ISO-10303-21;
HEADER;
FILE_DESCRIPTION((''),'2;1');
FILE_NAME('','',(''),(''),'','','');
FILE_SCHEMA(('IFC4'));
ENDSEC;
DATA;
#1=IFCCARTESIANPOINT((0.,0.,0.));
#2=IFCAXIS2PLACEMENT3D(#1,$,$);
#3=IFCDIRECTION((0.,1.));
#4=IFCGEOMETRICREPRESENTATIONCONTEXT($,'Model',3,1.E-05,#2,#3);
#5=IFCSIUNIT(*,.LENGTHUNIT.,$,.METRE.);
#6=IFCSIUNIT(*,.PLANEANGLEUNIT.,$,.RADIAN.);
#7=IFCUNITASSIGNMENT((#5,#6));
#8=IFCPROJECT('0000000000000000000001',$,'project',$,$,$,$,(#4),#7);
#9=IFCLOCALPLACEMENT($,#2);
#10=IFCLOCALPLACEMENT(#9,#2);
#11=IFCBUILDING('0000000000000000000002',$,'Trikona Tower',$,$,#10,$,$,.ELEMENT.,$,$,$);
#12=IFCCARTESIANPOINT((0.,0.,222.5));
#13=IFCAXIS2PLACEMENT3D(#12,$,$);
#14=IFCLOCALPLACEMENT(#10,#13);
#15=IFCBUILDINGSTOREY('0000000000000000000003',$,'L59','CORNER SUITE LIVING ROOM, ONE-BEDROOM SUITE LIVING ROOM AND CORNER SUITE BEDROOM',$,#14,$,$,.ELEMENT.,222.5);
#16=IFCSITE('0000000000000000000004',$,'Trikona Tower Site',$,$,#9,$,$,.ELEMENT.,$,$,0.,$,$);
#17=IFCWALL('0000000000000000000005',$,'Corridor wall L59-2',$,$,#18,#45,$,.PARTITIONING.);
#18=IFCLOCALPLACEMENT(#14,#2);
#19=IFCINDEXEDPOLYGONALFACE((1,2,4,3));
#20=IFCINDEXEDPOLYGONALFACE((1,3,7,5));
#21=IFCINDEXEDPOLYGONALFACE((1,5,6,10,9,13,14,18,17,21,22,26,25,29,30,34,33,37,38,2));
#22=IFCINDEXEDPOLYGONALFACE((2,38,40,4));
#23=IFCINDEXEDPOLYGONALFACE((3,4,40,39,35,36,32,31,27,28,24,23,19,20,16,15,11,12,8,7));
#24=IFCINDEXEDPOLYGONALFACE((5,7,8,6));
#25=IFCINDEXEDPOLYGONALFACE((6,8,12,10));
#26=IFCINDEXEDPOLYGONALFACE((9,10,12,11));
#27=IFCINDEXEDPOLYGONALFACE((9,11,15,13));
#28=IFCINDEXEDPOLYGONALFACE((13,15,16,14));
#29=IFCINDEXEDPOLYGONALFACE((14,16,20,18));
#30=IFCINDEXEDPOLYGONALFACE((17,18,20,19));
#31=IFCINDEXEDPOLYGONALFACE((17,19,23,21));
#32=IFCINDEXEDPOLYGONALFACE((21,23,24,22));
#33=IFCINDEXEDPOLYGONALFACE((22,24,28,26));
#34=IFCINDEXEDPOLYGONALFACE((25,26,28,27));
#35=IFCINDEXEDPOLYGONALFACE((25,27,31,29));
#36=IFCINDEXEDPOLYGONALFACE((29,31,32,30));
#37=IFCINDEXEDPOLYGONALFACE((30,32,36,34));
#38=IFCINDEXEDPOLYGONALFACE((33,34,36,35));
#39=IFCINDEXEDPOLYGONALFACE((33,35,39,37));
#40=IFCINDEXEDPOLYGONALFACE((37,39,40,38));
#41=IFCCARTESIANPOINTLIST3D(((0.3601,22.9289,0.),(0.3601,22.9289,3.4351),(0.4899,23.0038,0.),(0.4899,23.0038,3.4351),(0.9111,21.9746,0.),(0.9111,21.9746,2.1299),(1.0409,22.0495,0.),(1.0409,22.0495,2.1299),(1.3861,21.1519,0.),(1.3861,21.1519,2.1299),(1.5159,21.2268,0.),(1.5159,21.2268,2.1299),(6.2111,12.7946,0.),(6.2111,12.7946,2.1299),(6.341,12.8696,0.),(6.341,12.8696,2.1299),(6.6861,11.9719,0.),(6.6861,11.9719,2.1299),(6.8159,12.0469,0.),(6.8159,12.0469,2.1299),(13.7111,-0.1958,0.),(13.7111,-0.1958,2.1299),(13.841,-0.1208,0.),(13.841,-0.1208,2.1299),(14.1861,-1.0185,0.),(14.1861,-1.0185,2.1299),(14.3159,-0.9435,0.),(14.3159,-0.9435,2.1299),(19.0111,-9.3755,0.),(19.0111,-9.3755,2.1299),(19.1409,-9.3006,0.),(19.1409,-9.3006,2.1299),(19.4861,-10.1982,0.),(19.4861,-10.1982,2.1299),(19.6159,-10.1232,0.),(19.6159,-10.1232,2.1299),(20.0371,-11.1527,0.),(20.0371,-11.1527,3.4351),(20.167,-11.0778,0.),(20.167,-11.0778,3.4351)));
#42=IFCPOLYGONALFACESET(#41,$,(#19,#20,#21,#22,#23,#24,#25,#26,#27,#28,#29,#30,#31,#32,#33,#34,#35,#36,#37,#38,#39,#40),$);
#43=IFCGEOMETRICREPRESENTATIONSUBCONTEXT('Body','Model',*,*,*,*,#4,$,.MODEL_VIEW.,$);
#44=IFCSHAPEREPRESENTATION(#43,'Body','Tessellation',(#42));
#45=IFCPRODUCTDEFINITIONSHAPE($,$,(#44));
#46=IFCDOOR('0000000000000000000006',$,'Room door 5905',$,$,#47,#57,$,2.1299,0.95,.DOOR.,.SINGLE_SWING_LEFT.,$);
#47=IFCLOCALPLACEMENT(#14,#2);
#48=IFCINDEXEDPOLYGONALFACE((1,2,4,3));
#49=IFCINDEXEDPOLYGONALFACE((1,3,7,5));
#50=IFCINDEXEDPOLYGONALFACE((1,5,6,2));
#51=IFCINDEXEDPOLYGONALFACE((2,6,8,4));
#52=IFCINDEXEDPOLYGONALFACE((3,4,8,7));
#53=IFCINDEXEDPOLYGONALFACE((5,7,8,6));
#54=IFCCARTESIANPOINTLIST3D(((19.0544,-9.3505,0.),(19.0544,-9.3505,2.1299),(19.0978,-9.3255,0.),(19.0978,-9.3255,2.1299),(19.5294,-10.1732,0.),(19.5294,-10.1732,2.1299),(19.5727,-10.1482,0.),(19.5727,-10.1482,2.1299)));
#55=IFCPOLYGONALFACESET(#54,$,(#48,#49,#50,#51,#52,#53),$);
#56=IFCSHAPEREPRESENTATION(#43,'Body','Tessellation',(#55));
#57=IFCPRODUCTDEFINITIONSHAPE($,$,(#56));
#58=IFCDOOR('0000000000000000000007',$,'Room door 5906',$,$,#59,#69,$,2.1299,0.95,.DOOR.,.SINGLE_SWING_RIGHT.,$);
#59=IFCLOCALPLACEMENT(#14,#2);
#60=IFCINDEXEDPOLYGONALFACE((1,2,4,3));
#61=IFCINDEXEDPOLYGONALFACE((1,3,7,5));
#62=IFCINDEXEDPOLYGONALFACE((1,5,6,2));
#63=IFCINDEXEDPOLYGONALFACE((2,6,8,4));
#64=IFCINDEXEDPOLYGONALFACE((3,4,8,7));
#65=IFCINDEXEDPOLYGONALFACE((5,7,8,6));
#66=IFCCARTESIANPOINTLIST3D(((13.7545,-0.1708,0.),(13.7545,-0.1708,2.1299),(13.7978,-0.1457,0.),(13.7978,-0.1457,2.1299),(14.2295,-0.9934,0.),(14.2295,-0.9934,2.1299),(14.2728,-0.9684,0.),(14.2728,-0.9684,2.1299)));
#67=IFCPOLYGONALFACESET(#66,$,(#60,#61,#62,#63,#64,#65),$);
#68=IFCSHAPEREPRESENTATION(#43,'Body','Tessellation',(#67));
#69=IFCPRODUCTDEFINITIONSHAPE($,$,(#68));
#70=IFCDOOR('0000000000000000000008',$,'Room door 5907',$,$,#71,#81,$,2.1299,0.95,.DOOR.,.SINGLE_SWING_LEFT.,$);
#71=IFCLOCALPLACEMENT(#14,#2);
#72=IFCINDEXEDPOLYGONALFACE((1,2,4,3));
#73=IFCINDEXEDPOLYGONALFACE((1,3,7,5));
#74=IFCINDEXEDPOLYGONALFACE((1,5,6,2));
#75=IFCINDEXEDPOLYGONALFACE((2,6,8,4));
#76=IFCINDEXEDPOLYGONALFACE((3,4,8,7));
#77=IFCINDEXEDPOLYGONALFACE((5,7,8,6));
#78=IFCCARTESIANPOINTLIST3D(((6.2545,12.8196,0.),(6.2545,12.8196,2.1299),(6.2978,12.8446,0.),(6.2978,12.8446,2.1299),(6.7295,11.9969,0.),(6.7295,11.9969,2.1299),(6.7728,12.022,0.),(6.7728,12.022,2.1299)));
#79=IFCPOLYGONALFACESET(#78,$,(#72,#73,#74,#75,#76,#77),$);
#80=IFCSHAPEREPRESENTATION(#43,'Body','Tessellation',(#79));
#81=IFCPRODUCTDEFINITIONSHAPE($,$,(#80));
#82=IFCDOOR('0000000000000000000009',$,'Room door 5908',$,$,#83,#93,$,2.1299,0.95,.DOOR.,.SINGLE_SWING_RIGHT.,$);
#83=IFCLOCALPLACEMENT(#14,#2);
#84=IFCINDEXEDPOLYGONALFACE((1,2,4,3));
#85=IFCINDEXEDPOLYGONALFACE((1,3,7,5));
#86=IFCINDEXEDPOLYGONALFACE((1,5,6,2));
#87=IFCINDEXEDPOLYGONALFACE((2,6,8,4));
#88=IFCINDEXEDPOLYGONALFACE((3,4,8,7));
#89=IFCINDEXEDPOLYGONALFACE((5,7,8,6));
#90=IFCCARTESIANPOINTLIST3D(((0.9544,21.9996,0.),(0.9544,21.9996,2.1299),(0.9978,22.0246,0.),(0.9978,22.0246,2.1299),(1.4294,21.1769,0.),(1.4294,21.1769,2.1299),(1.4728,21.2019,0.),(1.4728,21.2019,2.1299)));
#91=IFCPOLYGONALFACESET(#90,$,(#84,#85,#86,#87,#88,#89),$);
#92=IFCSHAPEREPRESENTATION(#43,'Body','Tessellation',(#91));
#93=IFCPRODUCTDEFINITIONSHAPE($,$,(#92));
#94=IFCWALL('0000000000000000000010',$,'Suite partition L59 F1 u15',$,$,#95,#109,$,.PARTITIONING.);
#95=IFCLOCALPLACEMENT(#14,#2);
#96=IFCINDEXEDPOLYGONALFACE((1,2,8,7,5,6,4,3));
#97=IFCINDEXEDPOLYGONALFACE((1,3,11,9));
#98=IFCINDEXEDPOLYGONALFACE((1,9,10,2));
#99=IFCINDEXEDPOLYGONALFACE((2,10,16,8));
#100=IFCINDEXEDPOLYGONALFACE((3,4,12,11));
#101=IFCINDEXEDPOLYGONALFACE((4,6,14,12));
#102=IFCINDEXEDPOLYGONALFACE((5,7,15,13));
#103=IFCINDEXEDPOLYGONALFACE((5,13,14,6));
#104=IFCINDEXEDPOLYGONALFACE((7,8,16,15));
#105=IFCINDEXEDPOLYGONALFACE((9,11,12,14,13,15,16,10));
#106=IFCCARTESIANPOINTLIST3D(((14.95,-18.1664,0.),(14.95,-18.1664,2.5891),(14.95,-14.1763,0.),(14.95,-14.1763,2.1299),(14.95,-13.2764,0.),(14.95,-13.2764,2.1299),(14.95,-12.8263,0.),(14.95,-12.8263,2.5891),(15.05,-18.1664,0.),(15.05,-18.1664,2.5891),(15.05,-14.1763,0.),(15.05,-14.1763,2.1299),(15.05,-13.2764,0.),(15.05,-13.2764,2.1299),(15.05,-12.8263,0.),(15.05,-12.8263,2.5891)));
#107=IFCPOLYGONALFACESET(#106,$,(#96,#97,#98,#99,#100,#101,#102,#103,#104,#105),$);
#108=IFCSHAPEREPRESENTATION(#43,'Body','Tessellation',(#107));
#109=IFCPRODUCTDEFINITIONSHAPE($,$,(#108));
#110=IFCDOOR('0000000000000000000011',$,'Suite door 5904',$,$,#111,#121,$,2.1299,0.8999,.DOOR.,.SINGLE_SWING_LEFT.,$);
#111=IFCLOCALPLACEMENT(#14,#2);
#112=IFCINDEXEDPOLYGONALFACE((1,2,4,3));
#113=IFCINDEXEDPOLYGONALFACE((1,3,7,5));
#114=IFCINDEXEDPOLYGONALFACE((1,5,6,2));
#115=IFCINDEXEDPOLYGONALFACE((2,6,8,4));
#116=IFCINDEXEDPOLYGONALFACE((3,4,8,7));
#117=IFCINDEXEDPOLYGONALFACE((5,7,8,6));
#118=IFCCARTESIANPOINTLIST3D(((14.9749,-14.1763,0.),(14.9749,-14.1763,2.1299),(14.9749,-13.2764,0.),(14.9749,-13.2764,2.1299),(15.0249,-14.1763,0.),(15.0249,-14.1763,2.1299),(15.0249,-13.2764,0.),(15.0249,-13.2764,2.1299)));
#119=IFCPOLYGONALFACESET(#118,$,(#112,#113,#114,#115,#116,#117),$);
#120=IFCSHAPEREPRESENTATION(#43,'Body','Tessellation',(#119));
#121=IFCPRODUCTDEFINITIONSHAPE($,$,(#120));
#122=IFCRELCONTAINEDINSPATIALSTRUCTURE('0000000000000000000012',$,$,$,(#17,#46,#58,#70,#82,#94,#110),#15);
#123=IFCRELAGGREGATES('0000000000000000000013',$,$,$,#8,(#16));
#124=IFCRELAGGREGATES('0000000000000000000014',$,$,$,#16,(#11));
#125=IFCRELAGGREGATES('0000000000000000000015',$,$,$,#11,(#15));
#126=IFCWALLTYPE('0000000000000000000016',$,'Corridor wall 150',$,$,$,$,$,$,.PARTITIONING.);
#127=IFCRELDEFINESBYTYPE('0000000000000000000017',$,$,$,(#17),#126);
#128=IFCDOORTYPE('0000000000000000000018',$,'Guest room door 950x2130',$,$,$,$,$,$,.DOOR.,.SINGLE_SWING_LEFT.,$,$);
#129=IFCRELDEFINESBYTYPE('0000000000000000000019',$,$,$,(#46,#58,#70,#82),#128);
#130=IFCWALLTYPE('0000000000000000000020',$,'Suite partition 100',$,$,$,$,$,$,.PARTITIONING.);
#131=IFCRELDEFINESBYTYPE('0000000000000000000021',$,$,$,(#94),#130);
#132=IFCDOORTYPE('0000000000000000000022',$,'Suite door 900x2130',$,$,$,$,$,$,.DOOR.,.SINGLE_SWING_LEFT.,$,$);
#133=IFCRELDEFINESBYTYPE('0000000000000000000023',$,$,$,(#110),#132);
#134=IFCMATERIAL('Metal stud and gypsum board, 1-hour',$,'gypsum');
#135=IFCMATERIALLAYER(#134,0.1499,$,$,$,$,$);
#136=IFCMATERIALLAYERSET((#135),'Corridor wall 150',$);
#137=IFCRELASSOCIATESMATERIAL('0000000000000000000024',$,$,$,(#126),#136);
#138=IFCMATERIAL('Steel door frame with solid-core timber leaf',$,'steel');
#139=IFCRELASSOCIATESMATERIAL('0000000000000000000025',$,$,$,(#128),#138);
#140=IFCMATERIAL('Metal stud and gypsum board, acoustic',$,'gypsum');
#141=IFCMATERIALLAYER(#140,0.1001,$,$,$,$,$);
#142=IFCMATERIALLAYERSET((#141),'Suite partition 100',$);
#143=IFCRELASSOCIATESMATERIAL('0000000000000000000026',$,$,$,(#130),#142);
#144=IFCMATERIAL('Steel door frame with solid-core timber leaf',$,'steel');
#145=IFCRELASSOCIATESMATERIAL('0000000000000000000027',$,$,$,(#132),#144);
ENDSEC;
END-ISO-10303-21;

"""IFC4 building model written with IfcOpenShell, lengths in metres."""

from ifc_helpers import new_model, si_unit, direction, frame, frame_2d, origin, place, context, subcontext, project, spatial, rectangle, extrude, material, layer, layer_set, type_object, element, fill, save


model = new_model("IFC4")

# Units and contexts
model_context = context("Model", 3, precision=1e-05, world=origin(), true_north=direction((0.0, 1.0)))
body_context = subcontext(model_context, "Body", "Model", "MODEL_VIEW")
ifc_project = project(units=[si_unit("LENGTHUNIT", "METRE"), si_unit("PLANEANGLEUNIT", "RADIAN")], contexts=[model_context])

# Site, building, storey
site_placement = place(None, origin())
site = spatial("IfcSite", under=ifc_project, at=site_placement, Name="Trikona Tower Site", CompositionType="ELEMENT", RefElevation=0.0)
building_placement = place(site_placement, origin())
building = spatial("IfcBuilding", under=site, at=building_placement, Name="Trikona Tower", CompositionType="ELEMENT")
storey_placement = place(building_placement, frame((0.0, 0.0, 222.5)))
storey = spatial("IfcBuildingStorey", under=building, at=storey_placement, Name="L59", Description="CORNER SUITE LIVING ROOM, ONE-BEDROOM SUITE LIVING ROOM AND CORNER SUITE BEDROOM", CompositionType="ELEMENT", Elevation=222.5)

# Wall, openings, doors
ifc_material_1 = material(Name="Metal stud and gypsum board, 1-hour", Category="gypsum")
ifc_layer_1 = layer(ifc_material_1, 0.1499)
ifc_layer_set_1 = layer_set([ifc_layer_1], Name="Corridor wall 150")
wall_type_1 = type_object("IfcWallType", Name="Corridor wall 150", PredefinedType="PARTITIONING", material=ifc_layer_set_1)
wall_1_placement = place(storey_placement, frame((20.1021, -11.1152, 0.0), z_axis=(0.0, 0.0, 1.0), x_axis=(-0.5, 0.866025, 0.0)))
wall_1 = element("IfcWall", 1, at=wall_1_placement, inside=storey, type_object=wall_type_1, Name="Corridor wall L59-2", PredefinedType="PARTITIONING", context=body_context, shape_type="SweptSolid", body=[
    extrude(rectangle(XDim=39.354, YDim=0.1499, at=frame_2d((19.677, 0.0))), origin(), (0.0, 0.0, 1.0), 3.4351),
])
opening_1_placement = place(wall_1_placement, frame((1.1021, 0.0, 0.0)))
opening_1 = element("IfcOpeningElement", 2, at=opening_1_placement, cuts=wall_1, PredefinedType="OPENING", context=body_context, shape_type="SweptSolid", body=[
    extrude(rectangle(XDim=0.95, YDim=2.1299, at=frame_2d((0.4751, 1.0649))), frame((0.0, 0.085, 0.0), z_axis=(0.0, -1.0, 0.0), x_axis=(1.0, 0.0, 0.0)), (0.0, 0.0, 1.0), 0.1699),
])
opening_2_placement = place(wall_1_placement, frame((11.7019, 0.0, 0.0)))
opening_2 = element("IfcOpeningElement", 3, at=opening_2_placement, cuts=wall_1, PredefinedType="OPENING", context=body_context, shape_type="SweptSolid", body=[
    extrude(rectangle(XDim=0.95, YDim=2.1299, at=frame_2d((0.4751, 1.0649))), frame((0.0, 0.085, 0.0), z_axis=(0.0, -1.0, 0.0), x_axis=(1.0, 0.0, 0.0)), (0.0, 0.0, 1.0), 0.1699),
])
opening_3_placement = place(wall_1_placement, frame((26.7019, 0.0, 0.0)))
opening_3 = element("IfcOpeningElement", 4, at=opening_3_placement, cuts=wall_1, PredefinedType="OPENING", context=body_context, shape_type="SweptSolid", body=[
    extrude(rectangle(XDim=0.95, YDim=2.1299, at=frame_2d((0.4751, 1.0649))), frame((0.0, 0.085, 0.0), z_axis=(0.0, -1.0, 0.0), x_axis=(1.0, 0.0, 0.0)), (0.0, 0.0, 1.0), 0.1699),
])
opening_4_placement = place(wall_1_placement, frame((37.302, 0.0, 0.0)))
opening_4 = element("IfcOpeningElement", 5, at=opening_4_placement, cuts=wall_1, PredefinedType="OPENING", context=body_context, shape_type="SweptSolid", body=[
    extrude(rectangle(XDim=0.95, YDim=2.1299, at=frame_2d((0.4751, 1.0649))), frame((0.0, 0.085, 0.0), z_axis=(0.0, -1.0, 0.0), x_axis=(1.0, 0.0, 0.0)), (0.0, 0.0, 1.0), 0.1699),
])
ifc_material_2 = material(Name="Steel door frame with solid-core timber leaf", Category="steel")
door_type_1 = type_object("IfcDoorType", Name="Guest room door 950x2130", OperationType="SINGLE_SWING_LEFT", PredefinedType="DOOR", material=ifc_material_2)
door_1_placement = place(opening_1_placement, origin())
door_1 = element("IfcDoor", 6, at=door_1_placement, inside=storey, type_object=door_type_1, Name="Room door 5905", OperationType="SINGLE_SWING_LEFT", OverallHeight=2.1299, OverallWidth=0.95, PredefinedType="DOOR", context=body_context, shape_type="SweptSolid", body=[
    extrude(rectangle(XDim=0.95, YDim=2.1299, at=frame_2d((0.4751, 1.0649))), frame((0.0, 0.0249, 0.0), z_axis=(0.0, -1.0, 0.0), x_axis=(1.0, 0.0, 0.0)), (0.0, 0.0, 1.0), 0.05),
])
fill(opening_1, door_1)
door_2_placement = place(opening_2_placement, origin())
door_2 = element("IfcDoor", 7, at=door_2_placement, inside=storey, type_object=door_type_1, Name="Room door 5906", OperationType="SINGLE_SWING_RIGHT", OverallHeight=2.1299, OverallWidth=0.95, PredefinedType="DOOR", context=body_context, shape_type="SweptSolid", body=[
    extrude(rectangle(XDim=0.95, YDim=2.1299, at=frame_2d((0.4751, 1.0649))), frame((0.0, 0.0249, 0.0), z_axis=(0.0, -1.0, 0.0), x_axis=(1.0, 0.0, 0.0)), (0.0, 0.0, 1.0), 0.05),
])
fill(opening_2, door_2)
door_3_placement = place(opening_3_placement, origin())
door_3 = element("IfcDoor", 8, at=door_3_placement, inside=storey, type_object=door_type_1, Name="Room door 5907", OperationType="SINGLE_SWING_LEFT", OverallHeight=2.1299, OverallWidth=0.95, PredefinedType="DOOR", context=body_context, shape_type="SweptSolid", body=[
    extrude(rectangle(XDim=0.95, YDim=2.1299, at=frame_2d((0.4751, 1.0649))), frame((0.0, 0.0249, 0.0), z_axis=(0.0, -1.0, 0.0), x_axis=(1.0, 0.0, 0.0)), (0.0, 0.0, 1.0), 0.05),
])
fill(opening_3, door_3)
door_4_placement = place(opening_4_placement, origin())
door_4 = element("IfcDoor", 9, at=door_4_placement, inside=storey, type_object=door_type_1, Name="Room door 5908", OperationType="SINGLE_SWING_RIGHT", OverallHeight=2.1299, OverallWidth=0.95, PredefinedType="DOOR", context=body_context, shape_type="SweptSolid", body=[
    extrude(rectangle(XDim=0.95, YDim=2.1299, at=frame_2d((0.4751, 1.0649))), frame((0.0, 0.0249, 0.0), z_axis=(0.0, -1.0, 0.0), x_axis=(1.0, 0.0, 0.0)), (0.0, 0.0, 1.0), 0.05),
])
fill(opening_4, door_4)

# Wall, opening, door
ifc_material_3 = material(Name="Metal stud and gypsum board, acoustic", Category="gypsum")
ifc_layer_2 = layer(ifc_material_3, 0.1001)
ifc_layer_set_2 = layer_set([ifc_layer_2], Name="Suite partition 100")
wall_type_2 = type_object("IfcWallType", Name="Suite partition 100", PredefinedType="PARTITIONING", material=ifc_layer_set_2)
wall_2_placement = place(storey_placement, frame((15.0, -12.8264, 0.0), z_axis=(0.0, 0.0, 1.0), x_axis=(0.0, -1.0, 0.0)))
wall_2 = element("IfcWall", 10, at=wall_2_placement, inside=storey, type_object=wall_type_2, Name="Suite partition L59 F1 u15", PredefinedType="PARTITIONING", context=body_context, shape_type="SweptSolid", body=[
    extrude(rectangle(XDim=5.3401, YDim=0.1001, at=frame_2d((2.6699, 0.0))), origin(), (0.0, 0.0, 1.0), 2.5891),
])
opening_5_placement = place(wall_2_placement, frame((0.45, 0.0, 0.0)))
opening_5 = element("IfcOpeningElement", 11, at=opening_5_placement, cuts=wall_2, PredefinedType="OPENING", context=body_context, shape_type="SweptSolid", body=[
    extrude(rectangle(XDim=0.8999, YDim=2.1299, at=frame_2d((0.45, 1.0649))), frame((0.0, 0.0601, 0.0), z_axis=(0.0, -1.0, 0.0), x_axis=(1.0, 0.0, 0.0)), (0.0, 0.0, 1.0), 0.1201),
])
ifc_material_4 = material(Name="Steel door frame with solid-core timber leaf", Category="steel")
door_type_2 = type_object("IfcDoorType", Name="Suite door 900x2130", OperationType="SINGLE_SWING_LEFT", PredefinedType="DOOR", material=ifc_material_4)
door_5_placement = place(opening_5_placement, origin())
door_5 = element("IfcDoor", 12, at=door_5_placement, inside=storey, type_object=door_type_2, Name="Suite door 5904", OperationType="SINGLE_SWING_LEFT", OverallHeight=2.1299, OverallWidth=0.8999, PredefinedType="DOOR", context=body_context, shape_type="SweptSolid", body=[
    extrude(rectangle(XDim=0.8999, YDim=2.1299, at=frame_2d((0.45, 1.0649))), frame((0.0, 0.0249, 0.0), z_axis=(0.0, -1.0, 0.0), x_axis=(1.0, 0.0, 0.0)), (0.0, 0.0, 1.0), 0.05),
])
fill(opening_5, door_5)

save(model, "model.ifc")
